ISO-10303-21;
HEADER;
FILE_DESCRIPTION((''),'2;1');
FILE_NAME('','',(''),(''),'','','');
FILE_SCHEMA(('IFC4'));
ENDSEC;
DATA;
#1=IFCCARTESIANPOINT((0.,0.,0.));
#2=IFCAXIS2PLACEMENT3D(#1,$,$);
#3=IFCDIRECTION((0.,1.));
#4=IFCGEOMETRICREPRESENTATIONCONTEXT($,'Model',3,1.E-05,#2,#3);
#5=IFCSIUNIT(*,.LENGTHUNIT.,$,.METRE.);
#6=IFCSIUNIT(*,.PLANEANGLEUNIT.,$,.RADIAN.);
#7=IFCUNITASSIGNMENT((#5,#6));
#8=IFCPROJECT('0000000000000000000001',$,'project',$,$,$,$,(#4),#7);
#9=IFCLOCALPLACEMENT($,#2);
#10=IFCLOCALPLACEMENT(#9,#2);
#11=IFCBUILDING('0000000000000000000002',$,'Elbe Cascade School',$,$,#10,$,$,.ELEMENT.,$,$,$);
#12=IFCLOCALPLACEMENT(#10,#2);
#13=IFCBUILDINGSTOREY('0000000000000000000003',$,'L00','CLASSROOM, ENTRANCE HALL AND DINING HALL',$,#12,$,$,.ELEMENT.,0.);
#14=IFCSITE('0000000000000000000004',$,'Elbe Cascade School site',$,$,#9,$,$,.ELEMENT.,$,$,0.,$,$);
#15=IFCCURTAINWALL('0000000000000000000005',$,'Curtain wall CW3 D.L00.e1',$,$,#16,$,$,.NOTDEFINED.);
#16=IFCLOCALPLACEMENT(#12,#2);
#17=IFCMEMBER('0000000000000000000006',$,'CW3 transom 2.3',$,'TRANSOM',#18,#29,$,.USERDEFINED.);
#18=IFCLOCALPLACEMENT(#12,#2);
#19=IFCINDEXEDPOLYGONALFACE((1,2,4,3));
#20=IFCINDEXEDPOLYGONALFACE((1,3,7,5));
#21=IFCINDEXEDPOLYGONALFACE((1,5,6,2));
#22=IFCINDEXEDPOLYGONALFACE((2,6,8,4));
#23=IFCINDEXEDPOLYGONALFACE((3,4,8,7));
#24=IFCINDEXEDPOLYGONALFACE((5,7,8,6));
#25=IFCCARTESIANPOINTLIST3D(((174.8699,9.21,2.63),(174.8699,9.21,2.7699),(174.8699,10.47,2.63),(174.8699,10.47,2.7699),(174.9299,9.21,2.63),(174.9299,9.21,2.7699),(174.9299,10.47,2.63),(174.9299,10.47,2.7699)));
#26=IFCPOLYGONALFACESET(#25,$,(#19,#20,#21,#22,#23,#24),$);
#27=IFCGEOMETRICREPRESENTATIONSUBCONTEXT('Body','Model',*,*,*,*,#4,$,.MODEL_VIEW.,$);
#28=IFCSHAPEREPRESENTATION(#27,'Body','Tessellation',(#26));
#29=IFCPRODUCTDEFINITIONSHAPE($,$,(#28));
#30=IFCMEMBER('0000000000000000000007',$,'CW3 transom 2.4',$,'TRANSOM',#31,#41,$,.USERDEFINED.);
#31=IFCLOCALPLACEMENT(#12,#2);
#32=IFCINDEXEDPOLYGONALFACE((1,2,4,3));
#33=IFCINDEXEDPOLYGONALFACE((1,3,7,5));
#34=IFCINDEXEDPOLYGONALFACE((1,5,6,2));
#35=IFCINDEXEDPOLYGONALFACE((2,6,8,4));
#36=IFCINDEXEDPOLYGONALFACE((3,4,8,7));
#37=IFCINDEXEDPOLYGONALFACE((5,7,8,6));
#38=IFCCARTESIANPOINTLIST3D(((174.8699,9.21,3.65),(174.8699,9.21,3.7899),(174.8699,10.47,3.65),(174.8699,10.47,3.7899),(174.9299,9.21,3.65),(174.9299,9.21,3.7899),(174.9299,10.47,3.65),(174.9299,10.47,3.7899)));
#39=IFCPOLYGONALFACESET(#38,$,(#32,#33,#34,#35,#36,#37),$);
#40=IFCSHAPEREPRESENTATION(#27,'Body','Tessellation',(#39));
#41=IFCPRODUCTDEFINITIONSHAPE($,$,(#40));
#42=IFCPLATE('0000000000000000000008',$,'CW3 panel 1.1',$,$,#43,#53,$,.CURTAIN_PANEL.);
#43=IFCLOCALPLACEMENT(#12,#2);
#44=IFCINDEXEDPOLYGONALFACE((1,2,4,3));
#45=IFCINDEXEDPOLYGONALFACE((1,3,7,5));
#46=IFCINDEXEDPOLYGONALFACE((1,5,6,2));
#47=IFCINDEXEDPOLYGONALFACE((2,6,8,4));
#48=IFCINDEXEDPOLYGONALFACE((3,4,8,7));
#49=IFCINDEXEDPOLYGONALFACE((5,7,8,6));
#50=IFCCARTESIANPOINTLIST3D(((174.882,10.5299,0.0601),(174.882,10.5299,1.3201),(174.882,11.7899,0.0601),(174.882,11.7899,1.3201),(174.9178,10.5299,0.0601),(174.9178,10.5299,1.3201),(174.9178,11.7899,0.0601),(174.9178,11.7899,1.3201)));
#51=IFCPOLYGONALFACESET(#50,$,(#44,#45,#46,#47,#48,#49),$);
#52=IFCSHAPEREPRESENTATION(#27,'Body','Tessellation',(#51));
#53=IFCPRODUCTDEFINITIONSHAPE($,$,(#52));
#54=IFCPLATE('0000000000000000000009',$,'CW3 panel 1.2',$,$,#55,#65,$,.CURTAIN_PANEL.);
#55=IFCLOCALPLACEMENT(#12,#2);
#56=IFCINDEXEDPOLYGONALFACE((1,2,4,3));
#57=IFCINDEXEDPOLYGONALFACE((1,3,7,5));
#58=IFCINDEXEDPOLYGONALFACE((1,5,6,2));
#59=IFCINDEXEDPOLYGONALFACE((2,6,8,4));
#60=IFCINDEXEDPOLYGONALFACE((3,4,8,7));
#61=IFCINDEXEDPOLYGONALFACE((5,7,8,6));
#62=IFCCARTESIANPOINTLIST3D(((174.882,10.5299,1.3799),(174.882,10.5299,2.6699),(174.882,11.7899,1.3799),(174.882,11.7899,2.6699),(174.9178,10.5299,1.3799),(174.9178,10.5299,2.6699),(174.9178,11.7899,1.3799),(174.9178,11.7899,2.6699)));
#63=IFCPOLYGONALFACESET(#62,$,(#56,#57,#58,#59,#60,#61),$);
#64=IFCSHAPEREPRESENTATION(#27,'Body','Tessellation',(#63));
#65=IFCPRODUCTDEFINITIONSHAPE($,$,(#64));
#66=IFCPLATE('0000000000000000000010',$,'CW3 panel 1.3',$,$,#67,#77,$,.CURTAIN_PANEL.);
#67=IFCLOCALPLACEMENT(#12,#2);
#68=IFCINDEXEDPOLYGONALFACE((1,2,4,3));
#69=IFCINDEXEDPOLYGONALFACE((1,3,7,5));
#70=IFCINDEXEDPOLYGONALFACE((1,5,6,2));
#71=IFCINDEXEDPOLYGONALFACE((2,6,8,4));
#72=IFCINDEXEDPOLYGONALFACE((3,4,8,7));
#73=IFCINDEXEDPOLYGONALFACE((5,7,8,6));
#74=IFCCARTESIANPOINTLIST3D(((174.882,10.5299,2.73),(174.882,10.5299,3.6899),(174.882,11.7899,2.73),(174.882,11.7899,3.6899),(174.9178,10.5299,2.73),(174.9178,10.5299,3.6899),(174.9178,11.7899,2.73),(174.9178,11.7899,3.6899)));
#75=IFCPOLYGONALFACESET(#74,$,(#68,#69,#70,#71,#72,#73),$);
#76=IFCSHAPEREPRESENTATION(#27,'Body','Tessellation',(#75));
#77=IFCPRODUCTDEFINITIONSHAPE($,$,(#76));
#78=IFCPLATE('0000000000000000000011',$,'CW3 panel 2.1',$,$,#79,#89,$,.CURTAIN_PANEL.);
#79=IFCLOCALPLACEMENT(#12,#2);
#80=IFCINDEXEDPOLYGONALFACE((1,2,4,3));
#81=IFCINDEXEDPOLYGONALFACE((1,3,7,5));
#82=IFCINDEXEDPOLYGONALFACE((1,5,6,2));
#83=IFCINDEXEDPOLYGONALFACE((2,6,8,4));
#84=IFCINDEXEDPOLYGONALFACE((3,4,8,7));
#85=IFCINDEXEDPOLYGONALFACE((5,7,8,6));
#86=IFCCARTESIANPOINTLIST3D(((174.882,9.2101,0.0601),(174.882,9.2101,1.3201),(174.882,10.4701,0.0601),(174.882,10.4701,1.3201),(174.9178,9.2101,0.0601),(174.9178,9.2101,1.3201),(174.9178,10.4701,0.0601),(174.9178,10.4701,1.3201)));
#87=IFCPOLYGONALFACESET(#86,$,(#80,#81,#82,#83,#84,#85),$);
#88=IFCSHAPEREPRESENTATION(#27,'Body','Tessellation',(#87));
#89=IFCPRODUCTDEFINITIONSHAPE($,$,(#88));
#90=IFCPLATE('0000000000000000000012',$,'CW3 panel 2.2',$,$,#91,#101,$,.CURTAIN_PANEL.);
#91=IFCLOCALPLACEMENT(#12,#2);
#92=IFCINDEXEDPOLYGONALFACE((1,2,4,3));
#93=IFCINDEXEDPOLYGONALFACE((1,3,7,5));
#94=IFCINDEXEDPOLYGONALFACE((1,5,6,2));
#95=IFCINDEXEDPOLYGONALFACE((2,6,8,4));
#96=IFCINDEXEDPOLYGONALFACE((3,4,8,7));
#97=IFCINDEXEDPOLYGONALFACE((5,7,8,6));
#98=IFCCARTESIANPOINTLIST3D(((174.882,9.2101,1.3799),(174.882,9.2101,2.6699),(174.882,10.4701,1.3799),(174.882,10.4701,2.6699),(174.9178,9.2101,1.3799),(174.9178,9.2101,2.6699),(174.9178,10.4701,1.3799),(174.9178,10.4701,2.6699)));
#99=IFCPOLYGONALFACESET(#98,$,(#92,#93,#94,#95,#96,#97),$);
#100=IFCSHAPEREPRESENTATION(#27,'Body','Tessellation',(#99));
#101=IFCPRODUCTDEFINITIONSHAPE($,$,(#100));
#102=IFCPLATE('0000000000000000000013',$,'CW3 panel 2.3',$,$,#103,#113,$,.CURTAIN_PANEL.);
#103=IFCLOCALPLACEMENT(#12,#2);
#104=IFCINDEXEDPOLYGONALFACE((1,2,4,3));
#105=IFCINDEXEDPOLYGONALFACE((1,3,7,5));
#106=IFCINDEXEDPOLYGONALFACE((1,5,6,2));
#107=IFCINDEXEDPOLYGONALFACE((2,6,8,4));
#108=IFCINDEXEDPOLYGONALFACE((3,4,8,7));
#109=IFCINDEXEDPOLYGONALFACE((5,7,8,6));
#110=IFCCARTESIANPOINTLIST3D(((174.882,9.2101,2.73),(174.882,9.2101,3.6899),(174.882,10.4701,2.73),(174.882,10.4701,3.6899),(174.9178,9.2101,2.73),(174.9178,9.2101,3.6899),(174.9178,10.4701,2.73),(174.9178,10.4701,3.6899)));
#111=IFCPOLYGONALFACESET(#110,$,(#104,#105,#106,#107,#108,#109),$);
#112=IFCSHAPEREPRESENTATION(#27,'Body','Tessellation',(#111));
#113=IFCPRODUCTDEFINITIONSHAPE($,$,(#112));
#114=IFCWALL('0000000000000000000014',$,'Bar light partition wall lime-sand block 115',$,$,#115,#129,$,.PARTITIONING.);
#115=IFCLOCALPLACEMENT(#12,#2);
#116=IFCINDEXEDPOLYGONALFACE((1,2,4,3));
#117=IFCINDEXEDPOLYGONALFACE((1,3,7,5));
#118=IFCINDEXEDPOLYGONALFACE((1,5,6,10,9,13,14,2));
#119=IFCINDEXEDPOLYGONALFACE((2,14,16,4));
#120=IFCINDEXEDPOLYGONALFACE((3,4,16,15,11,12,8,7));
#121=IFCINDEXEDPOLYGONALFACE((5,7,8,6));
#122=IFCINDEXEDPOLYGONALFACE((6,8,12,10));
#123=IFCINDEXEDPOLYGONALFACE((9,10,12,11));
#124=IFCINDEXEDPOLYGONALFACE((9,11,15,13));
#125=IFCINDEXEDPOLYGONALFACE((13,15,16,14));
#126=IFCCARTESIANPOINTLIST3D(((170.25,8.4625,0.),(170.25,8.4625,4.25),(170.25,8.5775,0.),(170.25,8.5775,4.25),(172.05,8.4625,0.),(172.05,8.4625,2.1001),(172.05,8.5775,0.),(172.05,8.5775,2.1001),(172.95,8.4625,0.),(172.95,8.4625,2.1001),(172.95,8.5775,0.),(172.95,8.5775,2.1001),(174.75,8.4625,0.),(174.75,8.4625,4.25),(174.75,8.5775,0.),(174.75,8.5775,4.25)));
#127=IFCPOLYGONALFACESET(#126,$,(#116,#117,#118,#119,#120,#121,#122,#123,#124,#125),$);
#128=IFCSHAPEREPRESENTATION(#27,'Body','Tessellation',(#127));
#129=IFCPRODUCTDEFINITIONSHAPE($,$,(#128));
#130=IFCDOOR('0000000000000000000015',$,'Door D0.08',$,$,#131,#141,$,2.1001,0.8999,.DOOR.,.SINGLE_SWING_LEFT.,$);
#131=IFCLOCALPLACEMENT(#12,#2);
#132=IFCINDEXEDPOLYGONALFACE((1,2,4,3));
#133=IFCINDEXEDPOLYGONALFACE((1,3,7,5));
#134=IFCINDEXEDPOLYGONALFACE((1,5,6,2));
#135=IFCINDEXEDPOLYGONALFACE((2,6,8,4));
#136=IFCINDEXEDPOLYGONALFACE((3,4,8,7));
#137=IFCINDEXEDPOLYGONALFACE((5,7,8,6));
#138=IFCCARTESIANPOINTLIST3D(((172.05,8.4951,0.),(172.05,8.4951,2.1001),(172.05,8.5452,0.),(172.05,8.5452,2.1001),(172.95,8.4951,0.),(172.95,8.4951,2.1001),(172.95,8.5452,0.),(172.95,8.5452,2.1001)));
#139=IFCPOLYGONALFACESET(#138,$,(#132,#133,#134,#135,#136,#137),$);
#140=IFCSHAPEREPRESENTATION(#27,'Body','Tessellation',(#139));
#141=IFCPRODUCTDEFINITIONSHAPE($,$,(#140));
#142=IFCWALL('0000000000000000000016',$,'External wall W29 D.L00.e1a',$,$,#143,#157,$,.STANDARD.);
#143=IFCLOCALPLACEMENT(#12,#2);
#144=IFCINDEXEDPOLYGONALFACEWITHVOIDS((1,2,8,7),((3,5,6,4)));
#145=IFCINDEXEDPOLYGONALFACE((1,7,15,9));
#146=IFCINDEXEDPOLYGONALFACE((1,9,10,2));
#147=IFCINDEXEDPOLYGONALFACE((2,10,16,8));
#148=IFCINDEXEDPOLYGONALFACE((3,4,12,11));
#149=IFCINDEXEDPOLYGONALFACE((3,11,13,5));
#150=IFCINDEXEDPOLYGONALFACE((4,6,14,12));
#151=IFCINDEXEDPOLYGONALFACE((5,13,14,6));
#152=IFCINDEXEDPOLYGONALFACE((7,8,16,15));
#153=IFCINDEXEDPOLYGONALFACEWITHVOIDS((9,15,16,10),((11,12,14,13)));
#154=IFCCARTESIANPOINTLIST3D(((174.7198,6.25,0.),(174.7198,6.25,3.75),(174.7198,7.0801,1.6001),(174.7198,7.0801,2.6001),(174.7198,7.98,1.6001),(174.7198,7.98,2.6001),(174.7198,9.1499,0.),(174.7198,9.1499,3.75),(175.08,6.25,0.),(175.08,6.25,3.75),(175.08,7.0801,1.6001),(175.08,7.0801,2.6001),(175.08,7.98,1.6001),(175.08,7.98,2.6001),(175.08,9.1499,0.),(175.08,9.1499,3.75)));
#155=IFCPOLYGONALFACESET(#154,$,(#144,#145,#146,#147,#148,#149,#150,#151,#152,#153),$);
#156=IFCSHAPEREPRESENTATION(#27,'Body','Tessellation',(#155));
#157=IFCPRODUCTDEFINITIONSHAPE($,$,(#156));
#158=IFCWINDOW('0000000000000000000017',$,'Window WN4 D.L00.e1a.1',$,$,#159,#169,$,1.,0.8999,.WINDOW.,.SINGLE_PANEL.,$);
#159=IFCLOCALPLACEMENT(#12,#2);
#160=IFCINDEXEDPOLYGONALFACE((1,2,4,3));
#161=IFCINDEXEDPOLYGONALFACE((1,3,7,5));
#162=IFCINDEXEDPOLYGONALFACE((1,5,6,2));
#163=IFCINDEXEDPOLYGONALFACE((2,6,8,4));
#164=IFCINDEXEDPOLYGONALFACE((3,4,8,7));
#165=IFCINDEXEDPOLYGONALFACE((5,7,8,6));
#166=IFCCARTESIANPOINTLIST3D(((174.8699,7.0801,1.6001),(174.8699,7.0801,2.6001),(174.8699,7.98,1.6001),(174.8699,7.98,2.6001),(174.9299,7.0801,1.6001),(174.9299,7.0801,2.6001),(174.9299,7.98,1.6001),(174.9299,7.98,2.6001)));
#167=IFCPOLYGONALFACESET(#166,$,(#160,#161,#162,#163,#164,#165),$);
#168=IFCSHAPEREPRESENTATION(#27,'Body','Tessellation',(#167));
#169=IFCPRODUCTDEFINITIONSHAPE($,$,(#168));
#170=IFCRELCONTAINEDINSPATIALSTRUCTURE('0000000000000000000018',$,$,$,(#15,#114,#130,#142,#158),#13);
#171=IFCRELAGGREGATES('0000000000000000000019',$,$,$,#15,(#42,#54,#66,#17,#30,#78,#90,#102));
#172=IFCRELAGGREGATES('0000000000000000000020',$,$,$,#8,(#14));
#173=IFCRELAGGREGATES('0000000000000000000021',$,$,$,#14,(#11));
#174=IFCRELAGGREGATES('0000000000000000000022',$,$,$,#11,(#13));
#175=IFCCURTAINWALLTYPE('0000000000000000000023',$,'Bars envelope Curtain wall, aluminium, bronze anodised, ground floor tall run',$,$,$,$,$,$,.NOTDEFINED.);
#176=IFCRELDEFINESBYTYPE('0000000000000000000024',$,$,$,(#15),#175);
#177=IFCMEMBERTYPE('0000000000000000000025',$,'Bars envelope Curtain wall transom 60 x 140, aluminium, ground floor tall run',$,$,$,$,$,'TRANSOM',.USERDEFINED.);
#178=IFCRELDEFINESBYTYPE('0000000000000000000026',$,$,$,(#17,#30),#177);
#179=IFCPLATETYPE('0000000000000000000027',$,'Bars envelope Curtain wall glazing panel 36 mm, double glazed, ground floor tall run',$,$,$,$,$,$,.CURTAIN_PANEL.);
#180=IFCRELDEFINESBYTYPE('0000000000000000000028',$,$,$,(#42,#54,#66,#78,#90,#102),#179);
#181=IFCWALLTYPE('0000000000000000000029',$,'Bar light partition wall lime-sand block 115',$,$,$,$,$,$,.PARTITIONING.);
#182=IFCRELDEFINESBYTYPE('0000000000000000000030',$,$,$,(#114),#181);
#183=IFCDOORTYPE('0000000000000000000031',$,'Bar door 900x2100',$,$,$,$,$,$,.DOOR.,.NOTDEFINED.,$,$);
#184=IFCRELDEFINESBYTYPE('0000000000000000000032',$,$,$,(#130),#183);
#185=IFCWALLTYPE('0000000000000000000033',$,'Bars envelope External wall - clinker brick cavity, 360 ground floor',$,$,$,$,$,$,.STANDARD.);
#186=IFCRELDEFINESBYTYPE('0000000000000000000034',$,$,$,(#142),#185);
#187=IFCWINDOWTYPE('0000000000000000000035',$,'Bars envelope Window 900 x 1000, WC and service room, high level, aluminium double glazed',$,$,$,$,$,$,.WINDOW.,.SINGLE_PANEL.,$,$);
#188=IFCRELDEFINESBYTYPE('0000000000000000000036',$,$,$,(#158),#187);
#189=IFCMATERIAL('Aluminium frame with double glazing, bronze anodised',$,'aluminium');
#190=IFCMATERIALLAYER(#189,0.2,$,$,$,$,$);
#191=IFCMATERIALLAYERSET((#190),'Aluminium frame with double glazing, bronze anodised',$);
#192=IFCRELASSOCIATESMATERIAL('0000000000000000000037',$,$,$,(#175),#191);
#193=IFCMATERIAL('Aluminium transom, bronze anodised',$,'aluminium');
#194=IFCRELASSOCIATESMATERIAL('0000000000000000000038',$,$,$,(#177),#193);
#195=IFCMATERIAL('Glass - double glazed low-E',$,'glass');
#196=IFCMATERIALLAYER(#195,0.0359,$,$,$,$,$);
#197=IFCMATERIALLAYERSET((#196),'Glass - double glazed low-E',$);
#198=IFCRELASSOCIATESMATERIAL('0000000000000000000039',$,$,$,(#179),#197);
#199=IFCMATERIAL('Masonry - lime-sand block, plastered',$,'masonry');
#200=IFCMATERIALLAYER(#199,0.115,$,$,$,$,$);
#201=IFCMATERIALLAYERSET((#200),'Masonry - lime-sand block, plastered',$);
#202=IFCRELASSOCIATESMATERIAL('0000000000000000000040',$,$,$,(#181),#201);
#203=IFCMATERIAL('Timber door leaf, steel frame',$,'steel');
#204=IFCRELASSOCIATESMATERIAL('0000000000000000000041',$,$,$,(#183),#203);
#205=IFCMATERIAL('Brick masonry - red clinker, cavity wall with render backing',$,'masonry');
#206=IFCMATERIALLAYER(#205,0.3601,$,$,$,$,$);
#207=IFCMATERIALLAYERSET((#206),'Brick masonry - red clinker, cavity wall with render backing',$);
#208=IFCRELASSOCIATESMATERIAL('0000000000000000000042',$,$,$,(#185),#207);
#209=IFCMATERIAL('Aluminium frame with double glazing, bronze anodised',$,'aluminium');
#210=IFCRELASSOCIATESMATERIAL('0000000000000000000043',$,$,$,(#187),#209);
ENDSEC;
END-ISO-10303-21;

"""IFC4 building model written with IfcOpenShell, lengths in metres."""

from ifc_helpers import new_model, si_unit, direction, frame, frame_2d, origin, origin_2d, place, context, subcontext, project, spatial, rectangle, extrude, material, layer, layer_set, material_profile, profile_set, type_object, element, fill, aggregate, save


model = new_model("IFC4")

# Units and contexts
model_context = context("Model", 3, precision=1e-05, world=origin(), true_north=direction((0.0, 1.0)))
body_context = subcontext(model_context, "Body", "Model", "MODEL_VIEW")
ifc_project = project(units=[si_unit("LENGTHUNIT", "METRE"), si_unit("PLANEANGLEUNIT", "RADIAN")], contexts=[model_context])

# Site, building, storey
site_placement = place(None, origin())
site = spatial("IfcSite", under=ifc_project, at=site_placement, Name="Elbe Cascade School site", CompositionType="ELEMENT", RefElevation=0.0)
building_placement = place(site_placement, origin())
building = spatial("IfcBuilding", under=site, at=building_placement, Name="Elbe Cascade School", CompositionType="ELEMENT")
storey_placement = place(building_placement, origin())
storey = spatial("IfcBuildingStorey", under=building, at=storey_placement, Name="L00", Description="CLASSROOM, ENTRANCE HALL AND DINING HALL", CompositionType="ELEMENT", Elevation=0.0)

# Curtain wall, members, plates
ifc_material_1 = material(Name="Aluminium frame with double glazing, bronze anodised", Category="aluminium")
ifc_layer_1 = layer(ifc_material_1, 0.2)
ifc_layer_set_1 = layer_set([ifc_layer_1], Name="Aluminium frame with double glazing, bronze anodised")
curtain_wall_type = type_object("IfcCurtainWallType", Name="Bars envelope Curtain wall, aluminium, bronze anodised, ground floor tall run", PredefinedType="NOTDEFINED", material=ifc_layer_set_1)
curtain_wall_placement = place(storey_placement, origin())
curtain_wall = element("IfcCurtainWall", 1, at=curtain_wall_placement, inside=storey, type_object=curtain_wall_type, Name="Curtain wall CW3 D.L00.e1", PredefinedType="NOTDEFINED")
ifc_material_2 = material(Name="Aluminium transom, bronze anodised", Category="aluminium")
ifc_material_profile_1 = material_profile(ifc_material_2, rectangle(XDim=0.0601, YDim=0.1399, at=origin_2d()), Name="Bars envelope Curtain wall transom 60 x 140, aluminium, ground floor tall run")
ifc_profile_set_1 = profile_set([ifc_material_profile_1], Name="Aluminium transom, bronze anodised")
member_type_1 = type_object("IfcMemberType", Name="Bars envelope Curtain wall transom 60 x 140, aluminium, ground floor tall run", ElementType="TRANSOM", PredefinedType="USERDEFINED", material=ifc_profile_set_1)
member_1_placement = place(storey_placement, frame((174.8999, 10.47, 2.7), z_axis=(0.0, -1.0, 0.0), x_axis=(1.0, 0.0, 0.0)))
member_1 = element("IfcMember", 2, at=member_1_placement, type_object=member_type_1, Name="CW3 transom 2.3", ObjectType="TRANSOM", PredefinedType="USERDEFINED", context=body_context, shape_type="SweptSolid", body=[
    extrude(rectangle(XDim=0.0601, YDim=0.1399, at=origin_2d()), origin(), (0.0, 0.0, 1.0), 1.26),
])
member_2_placement = place(storey_placement, frame((174.8999, 10.47, 3.72), z_axis=(0.0, -1.0, 0.0), x_axis=(1.0, 0.0, 0.0)))
member_2 = element("IfcMember", 3, at=member_2_placement, type_object=member_type_1, Name="CW3 transom 2.4", ObjectType="TRANSOM", PredefinedType="USERDEFINED", context=body_context, shape_type="SweptSolid", body=[
    extrude(rectangle(XDim=0.0601, YDim=0.1399, at=origin_2d()), origin(), (0.0, 0.0, 1.0), 1.26),
])
ifc_material_3 = material(Name="Glass - double glazed low-E", Category="glass")
ifc_layer_2 = layer(ifc_material_3, 0.0359)
ifc_layer_set_2 = layer_set([ifc_layer_2], Name="Glass - double glazed low-E")
plate_type = type_object("IfcPlateType", Name="Bars envelope Curtain wall glazing panel 36 mm, double glazed, ground floor tall run", PredefinedType="CURTAIN_PANEL", material=ifc_layer_set_2)
plate_1_placement = place(storey_placement, frame((174.8999, 11.1599, 0.0601), z_axis=(0.0, 0.0, 1.0), x_axis=(0.0, -1.0, 0.0)))
plate_1 = element("IfcPlate", 4, at=plate_1_placement, type_object=plate_type, Name="CW3 panel 1.1", PredefinedType="CURTAIN_PANEL", context=body_context, shape_type="SweptSolid", body=[
    extrude(rectangle(XDim=1.26, YDim=0.0359, at=origin_2d()), origin(), (0.0, 0.0, 1.0), 1.26),
])
plate_2_placement = place(storey_placement, frame((174.8999, 11.1599, 1.3799), z_axis=(0.0, 0.0, 1.0), x_axis=(0.0, -1.0, 0.0)))
plate_2 = element("IfcPlate", 5, at=plate_2_placement, type_object=plate_type, Name="CW3 panel 1.2", PredefinedType="CURTAIN_PANEL", context=body_context, shape_type="SweptSolid", body=[
    extrude(rectangle(XDim=1.26, YDim=0.0359, at=origin_2d()), origin(), (0.0, 0.0, 1.0), 1.29),
])
plate_3_placement = place(storey_placement, frame((174.8999, 11.1599, 2.73), z_axis=(0.0, 0.0, 1.0), x_axis=(0.0, -1.0, 0.0)))
plate_3 = element("IfcPlate", 6, at=plate_3_placement, type_object=plate_type, Name="CW3 panel 1.3", PredefinedType="CURTAIN_PANEL", context=body_context, shape_type="SweptSolid", body=[
    extrude(rectangle(XDim=1.26, YDim=0.0359, at=origin_2d()), origin(), (0.0, 0.0, 1.0), 0.96),
])
plate_4_placement = place(storey_placement, frame((174.8999, 9.8401, 0.0601), z_axis=(0.0, 0.0, 1.0), x_axis=(0.0, -1.0, 0.0)))
plate_4 = element("IfcPlate", 7, at=plate_4_placement, type_object=plate_type, Name="CW3 panel 2.1", PredefinedType="CURTAIN_PANEL", context=body_context, shape_type="SweptSolid", body=[
    extrude(rectangle(XDim=1.26, YDim=0.0359, at=origin_2d()), origin(), (0.0, 0.0, 1.0), 1.26),
])
plate_5_placement = place(storey_placement, frame((174.8999, 9.8401, 1.3799), z_axis=(0.0, 0.0, 1.0), x_axis=(0.0, -1.0, 0.0)))
plate_5 = element("IfcPlate", 8, at=plate_5_placement, type_object=plate_type, Name="CW3 panel 2.2", PredefinedType="CURTAIN_PANEL", context=body_context, shape_type="SweptSolid", body=[
    extrude(rectangle(XDim=1.26, YDim=0.0359, at=origin_2d()), origin(), (0.0, 0.0, 1.0), 1.29),
])
plate_6_placement = place(storey_placement, frame((174.8999, 9.8401, 2.73), z_axis=(0.0, 0.0, 1.0), x_axis=(0.0, -1.0, 0.0)))
plate_6 = element("IfcPlate", 9, at=plate_6_placement, type_object=plate_type, Name="CW3 panel 2.3", PredefinedType="CURTAIN_PANEL", context=body_context, shape_type="SweptSolid", body=[
    extrude(rectangle(XDim=1.26, YDim=0.0359, at=origin_2d()), origin(), (0.0, 0.0, 1.0), 0.96),
])
aggregate(curtain_wall, [plate_1, plate_2, plate_3, member_1, member_2, plate_4, plate_5, plate_6])

# Wall, opening, door
ifc_material_4 = material(Name="Masonry - lime-sand block, plastered", Category="masonry")
ifc_layer_3 = layer(ifc_material_4, 0.115)
ifc_layer_set_3 = layer_set([ifc_layer_3], Name="Masonry - lime-sand block, plastered")
wall_type_1 = type_object("IfcWallType", Name="Bar light partition wall lime-sand block 115", PredefinedType="PARTITIONING", material=ifc_layer_set_3)
wall_1_placement = place(storey_placement, frame((174.75, 8.52, 0.0), z_axis=(0.0, 0.0, 1.0), x_axis=(-1.0, 0.0, 0.0)))
wall_1 = element("IfcWall", 10, at=wall_1_placement, inside=storey, type_object=wall_type_1, Name="Bar light partition wall lime-sand block 115", PredefinedType="PARTITIONING", context=body_context, shape_type="SweptSolid", body=[
    extrude(rectangle(XDim=4.5, YDim=0.115, at=frame_2d((2.25, 0.0))), origin(), (0.0, 0.0, 1.0), 4.25),
])
opening_1_placement = place(wall_1_placement, frame((1.8, 0.0, 0.0)))
opening_1 = element("IfcOpeningElement", 11, at=opening_1_placement, cuts=wall_1, PredefinedType="OPENING", context=body_context, shape_type="SweptSolid", body=[
    extrude(rectangle(XDim=0.8999, YDim=2.1001, at=frame_2d((0.45, 1.05))), frame((0.0, 0.0674, 0.0), z_axis=(0.0, -1.0, 0.0), x_axis=(1.0, 0.0, 0.0)), (0.0, 0.0, 1.0), 0.135),
])
ifc_material_5 = material(Name="Timber door leaf, steel frame", Category="steel")
door_type = type_object("IfcDoorType", Name="Bar door 900x2100", OperationType="NOTDEFINED", PredefinedType="DOOR", material=ifc_material_5)
door_placement = place(opening_1_placement, origin())
door = element("IfcDoor", 12, at=door_placement, inside=storey, type_object=door_type, Name="Door D0.08", OperationType="SINGLE_SWING_LEFT", OverallHeight=2.1001, OverallWidth=0.8999, PredefinedType="DOOR", context=body_context, shape_type="SweptSolid", body=[
    extrude(rectangle(XDim=0.8999, YDim=2.1001, at=frame_2d((0.45, 1.05))), frame((0.0, 0.0249, 0.0), z_axis=(0.0, -1.0, 0.0), x_axis=(1.0, 0.0, 0.0)), (0.0, 0.0, 1.0), 0.05),
])
fill(opening_1, door)

# Wall, opening, window
ifc_material_6 = material(Name="Brick masonry - red clinker, cavity wall with render backing", Category="masonry")
ifc_layer_4 = layer(ifc_material_6, 0.3601)
ifc_layer_set_4 = layer_set([ifc_layer_4], Name="Brick masonry - red clinker, cavity wall with render backing")
wall_type_2 = type_object("IfcWallType", Name="Bars envelope External wall - clinker brick cavity, 360 ground floor", PredefinedType="STANDARD", material=ifc_layer_set_4)
wall_2_placement = place(storey_placement, frame((174.8999, 9.1499, 0.0), z_axis=(0.0, 0.0, 1.0), x_axis=(0.0, -1.0, 0.0)))
wall_2 = element("IfcWall", 13, at=wall_2_placement, inside=storey, type_object=wall_type_2, Name="External wall W29 D.L00.e1a", PredefinedType="STANDARD", context=body_context, shape_type="SweptSolid", body=[
    extrude(rectangle(XDim=2.8999, YDim=0.3601, at=frame_2d((1.45, 0.0))), origin(), (0.0, 0.0, 1.0), 3.75),
])
opening_2_placement = place(wall_2_placement, frame((1.1699, 0.0, 1.6001)))
opening_2 = element("IfcOpeningElement", 14, at=opening_2_placement, cuts=wall_2, PredefinedType="OPENING", context=body_context, shape_type="SweptSolid", body=[
    extrude(rectangle(XDim=0.8999, YDim=1.0, at=frame_2d((0.45, 0.5))), frame((0.0, 0.1899, 0.0), z_axis=(0.0, -1.0, 0.0), x_axis=(1.0, 0.0, 0.0)), (0.0, 0.0, 1.0), 0.3801),
])
ifc_material_7 = material(Name="Aluminium frame with double glazing, bronze anodised", Category="aluminium")
window_type = type_object("IfcWindowType", Name="Bars envelope Window 900 x 1000, WC and service room, high level, aluminium double glazed", PartitioningType="SINGLE_PANEL", PredefinedType="WINDOW", material=ifc_material_7)
window_1_placement = place(opening_2_placement, origin())
window_1 = element("IfcWindow", 15, at=window_1_placement, inside=storey, type_object=window_type, Name="Window WN4 D.L00.e1a.1", OverallHeight=1.0, OverallWidth=0.8999, PartitioningType="SINGLE_PANEL", PredefinedType="WINDOW", context=body_context, shape_type="SweptSolid", body=[
    extrude(rectangle(XDim=0.8999, YDim=1.0, at=frame_2d((0.45, 0.5))), frame((0.0, 0.03, 0.0), z_axis=(0.0, -1.0, 0.0), x_axis=(1.0, 0.0, 0.0)), (0.0, 0.0, 1.0), 0.0601),
])
fill(opening_2, window_1)

save(model, "model.ifc")
